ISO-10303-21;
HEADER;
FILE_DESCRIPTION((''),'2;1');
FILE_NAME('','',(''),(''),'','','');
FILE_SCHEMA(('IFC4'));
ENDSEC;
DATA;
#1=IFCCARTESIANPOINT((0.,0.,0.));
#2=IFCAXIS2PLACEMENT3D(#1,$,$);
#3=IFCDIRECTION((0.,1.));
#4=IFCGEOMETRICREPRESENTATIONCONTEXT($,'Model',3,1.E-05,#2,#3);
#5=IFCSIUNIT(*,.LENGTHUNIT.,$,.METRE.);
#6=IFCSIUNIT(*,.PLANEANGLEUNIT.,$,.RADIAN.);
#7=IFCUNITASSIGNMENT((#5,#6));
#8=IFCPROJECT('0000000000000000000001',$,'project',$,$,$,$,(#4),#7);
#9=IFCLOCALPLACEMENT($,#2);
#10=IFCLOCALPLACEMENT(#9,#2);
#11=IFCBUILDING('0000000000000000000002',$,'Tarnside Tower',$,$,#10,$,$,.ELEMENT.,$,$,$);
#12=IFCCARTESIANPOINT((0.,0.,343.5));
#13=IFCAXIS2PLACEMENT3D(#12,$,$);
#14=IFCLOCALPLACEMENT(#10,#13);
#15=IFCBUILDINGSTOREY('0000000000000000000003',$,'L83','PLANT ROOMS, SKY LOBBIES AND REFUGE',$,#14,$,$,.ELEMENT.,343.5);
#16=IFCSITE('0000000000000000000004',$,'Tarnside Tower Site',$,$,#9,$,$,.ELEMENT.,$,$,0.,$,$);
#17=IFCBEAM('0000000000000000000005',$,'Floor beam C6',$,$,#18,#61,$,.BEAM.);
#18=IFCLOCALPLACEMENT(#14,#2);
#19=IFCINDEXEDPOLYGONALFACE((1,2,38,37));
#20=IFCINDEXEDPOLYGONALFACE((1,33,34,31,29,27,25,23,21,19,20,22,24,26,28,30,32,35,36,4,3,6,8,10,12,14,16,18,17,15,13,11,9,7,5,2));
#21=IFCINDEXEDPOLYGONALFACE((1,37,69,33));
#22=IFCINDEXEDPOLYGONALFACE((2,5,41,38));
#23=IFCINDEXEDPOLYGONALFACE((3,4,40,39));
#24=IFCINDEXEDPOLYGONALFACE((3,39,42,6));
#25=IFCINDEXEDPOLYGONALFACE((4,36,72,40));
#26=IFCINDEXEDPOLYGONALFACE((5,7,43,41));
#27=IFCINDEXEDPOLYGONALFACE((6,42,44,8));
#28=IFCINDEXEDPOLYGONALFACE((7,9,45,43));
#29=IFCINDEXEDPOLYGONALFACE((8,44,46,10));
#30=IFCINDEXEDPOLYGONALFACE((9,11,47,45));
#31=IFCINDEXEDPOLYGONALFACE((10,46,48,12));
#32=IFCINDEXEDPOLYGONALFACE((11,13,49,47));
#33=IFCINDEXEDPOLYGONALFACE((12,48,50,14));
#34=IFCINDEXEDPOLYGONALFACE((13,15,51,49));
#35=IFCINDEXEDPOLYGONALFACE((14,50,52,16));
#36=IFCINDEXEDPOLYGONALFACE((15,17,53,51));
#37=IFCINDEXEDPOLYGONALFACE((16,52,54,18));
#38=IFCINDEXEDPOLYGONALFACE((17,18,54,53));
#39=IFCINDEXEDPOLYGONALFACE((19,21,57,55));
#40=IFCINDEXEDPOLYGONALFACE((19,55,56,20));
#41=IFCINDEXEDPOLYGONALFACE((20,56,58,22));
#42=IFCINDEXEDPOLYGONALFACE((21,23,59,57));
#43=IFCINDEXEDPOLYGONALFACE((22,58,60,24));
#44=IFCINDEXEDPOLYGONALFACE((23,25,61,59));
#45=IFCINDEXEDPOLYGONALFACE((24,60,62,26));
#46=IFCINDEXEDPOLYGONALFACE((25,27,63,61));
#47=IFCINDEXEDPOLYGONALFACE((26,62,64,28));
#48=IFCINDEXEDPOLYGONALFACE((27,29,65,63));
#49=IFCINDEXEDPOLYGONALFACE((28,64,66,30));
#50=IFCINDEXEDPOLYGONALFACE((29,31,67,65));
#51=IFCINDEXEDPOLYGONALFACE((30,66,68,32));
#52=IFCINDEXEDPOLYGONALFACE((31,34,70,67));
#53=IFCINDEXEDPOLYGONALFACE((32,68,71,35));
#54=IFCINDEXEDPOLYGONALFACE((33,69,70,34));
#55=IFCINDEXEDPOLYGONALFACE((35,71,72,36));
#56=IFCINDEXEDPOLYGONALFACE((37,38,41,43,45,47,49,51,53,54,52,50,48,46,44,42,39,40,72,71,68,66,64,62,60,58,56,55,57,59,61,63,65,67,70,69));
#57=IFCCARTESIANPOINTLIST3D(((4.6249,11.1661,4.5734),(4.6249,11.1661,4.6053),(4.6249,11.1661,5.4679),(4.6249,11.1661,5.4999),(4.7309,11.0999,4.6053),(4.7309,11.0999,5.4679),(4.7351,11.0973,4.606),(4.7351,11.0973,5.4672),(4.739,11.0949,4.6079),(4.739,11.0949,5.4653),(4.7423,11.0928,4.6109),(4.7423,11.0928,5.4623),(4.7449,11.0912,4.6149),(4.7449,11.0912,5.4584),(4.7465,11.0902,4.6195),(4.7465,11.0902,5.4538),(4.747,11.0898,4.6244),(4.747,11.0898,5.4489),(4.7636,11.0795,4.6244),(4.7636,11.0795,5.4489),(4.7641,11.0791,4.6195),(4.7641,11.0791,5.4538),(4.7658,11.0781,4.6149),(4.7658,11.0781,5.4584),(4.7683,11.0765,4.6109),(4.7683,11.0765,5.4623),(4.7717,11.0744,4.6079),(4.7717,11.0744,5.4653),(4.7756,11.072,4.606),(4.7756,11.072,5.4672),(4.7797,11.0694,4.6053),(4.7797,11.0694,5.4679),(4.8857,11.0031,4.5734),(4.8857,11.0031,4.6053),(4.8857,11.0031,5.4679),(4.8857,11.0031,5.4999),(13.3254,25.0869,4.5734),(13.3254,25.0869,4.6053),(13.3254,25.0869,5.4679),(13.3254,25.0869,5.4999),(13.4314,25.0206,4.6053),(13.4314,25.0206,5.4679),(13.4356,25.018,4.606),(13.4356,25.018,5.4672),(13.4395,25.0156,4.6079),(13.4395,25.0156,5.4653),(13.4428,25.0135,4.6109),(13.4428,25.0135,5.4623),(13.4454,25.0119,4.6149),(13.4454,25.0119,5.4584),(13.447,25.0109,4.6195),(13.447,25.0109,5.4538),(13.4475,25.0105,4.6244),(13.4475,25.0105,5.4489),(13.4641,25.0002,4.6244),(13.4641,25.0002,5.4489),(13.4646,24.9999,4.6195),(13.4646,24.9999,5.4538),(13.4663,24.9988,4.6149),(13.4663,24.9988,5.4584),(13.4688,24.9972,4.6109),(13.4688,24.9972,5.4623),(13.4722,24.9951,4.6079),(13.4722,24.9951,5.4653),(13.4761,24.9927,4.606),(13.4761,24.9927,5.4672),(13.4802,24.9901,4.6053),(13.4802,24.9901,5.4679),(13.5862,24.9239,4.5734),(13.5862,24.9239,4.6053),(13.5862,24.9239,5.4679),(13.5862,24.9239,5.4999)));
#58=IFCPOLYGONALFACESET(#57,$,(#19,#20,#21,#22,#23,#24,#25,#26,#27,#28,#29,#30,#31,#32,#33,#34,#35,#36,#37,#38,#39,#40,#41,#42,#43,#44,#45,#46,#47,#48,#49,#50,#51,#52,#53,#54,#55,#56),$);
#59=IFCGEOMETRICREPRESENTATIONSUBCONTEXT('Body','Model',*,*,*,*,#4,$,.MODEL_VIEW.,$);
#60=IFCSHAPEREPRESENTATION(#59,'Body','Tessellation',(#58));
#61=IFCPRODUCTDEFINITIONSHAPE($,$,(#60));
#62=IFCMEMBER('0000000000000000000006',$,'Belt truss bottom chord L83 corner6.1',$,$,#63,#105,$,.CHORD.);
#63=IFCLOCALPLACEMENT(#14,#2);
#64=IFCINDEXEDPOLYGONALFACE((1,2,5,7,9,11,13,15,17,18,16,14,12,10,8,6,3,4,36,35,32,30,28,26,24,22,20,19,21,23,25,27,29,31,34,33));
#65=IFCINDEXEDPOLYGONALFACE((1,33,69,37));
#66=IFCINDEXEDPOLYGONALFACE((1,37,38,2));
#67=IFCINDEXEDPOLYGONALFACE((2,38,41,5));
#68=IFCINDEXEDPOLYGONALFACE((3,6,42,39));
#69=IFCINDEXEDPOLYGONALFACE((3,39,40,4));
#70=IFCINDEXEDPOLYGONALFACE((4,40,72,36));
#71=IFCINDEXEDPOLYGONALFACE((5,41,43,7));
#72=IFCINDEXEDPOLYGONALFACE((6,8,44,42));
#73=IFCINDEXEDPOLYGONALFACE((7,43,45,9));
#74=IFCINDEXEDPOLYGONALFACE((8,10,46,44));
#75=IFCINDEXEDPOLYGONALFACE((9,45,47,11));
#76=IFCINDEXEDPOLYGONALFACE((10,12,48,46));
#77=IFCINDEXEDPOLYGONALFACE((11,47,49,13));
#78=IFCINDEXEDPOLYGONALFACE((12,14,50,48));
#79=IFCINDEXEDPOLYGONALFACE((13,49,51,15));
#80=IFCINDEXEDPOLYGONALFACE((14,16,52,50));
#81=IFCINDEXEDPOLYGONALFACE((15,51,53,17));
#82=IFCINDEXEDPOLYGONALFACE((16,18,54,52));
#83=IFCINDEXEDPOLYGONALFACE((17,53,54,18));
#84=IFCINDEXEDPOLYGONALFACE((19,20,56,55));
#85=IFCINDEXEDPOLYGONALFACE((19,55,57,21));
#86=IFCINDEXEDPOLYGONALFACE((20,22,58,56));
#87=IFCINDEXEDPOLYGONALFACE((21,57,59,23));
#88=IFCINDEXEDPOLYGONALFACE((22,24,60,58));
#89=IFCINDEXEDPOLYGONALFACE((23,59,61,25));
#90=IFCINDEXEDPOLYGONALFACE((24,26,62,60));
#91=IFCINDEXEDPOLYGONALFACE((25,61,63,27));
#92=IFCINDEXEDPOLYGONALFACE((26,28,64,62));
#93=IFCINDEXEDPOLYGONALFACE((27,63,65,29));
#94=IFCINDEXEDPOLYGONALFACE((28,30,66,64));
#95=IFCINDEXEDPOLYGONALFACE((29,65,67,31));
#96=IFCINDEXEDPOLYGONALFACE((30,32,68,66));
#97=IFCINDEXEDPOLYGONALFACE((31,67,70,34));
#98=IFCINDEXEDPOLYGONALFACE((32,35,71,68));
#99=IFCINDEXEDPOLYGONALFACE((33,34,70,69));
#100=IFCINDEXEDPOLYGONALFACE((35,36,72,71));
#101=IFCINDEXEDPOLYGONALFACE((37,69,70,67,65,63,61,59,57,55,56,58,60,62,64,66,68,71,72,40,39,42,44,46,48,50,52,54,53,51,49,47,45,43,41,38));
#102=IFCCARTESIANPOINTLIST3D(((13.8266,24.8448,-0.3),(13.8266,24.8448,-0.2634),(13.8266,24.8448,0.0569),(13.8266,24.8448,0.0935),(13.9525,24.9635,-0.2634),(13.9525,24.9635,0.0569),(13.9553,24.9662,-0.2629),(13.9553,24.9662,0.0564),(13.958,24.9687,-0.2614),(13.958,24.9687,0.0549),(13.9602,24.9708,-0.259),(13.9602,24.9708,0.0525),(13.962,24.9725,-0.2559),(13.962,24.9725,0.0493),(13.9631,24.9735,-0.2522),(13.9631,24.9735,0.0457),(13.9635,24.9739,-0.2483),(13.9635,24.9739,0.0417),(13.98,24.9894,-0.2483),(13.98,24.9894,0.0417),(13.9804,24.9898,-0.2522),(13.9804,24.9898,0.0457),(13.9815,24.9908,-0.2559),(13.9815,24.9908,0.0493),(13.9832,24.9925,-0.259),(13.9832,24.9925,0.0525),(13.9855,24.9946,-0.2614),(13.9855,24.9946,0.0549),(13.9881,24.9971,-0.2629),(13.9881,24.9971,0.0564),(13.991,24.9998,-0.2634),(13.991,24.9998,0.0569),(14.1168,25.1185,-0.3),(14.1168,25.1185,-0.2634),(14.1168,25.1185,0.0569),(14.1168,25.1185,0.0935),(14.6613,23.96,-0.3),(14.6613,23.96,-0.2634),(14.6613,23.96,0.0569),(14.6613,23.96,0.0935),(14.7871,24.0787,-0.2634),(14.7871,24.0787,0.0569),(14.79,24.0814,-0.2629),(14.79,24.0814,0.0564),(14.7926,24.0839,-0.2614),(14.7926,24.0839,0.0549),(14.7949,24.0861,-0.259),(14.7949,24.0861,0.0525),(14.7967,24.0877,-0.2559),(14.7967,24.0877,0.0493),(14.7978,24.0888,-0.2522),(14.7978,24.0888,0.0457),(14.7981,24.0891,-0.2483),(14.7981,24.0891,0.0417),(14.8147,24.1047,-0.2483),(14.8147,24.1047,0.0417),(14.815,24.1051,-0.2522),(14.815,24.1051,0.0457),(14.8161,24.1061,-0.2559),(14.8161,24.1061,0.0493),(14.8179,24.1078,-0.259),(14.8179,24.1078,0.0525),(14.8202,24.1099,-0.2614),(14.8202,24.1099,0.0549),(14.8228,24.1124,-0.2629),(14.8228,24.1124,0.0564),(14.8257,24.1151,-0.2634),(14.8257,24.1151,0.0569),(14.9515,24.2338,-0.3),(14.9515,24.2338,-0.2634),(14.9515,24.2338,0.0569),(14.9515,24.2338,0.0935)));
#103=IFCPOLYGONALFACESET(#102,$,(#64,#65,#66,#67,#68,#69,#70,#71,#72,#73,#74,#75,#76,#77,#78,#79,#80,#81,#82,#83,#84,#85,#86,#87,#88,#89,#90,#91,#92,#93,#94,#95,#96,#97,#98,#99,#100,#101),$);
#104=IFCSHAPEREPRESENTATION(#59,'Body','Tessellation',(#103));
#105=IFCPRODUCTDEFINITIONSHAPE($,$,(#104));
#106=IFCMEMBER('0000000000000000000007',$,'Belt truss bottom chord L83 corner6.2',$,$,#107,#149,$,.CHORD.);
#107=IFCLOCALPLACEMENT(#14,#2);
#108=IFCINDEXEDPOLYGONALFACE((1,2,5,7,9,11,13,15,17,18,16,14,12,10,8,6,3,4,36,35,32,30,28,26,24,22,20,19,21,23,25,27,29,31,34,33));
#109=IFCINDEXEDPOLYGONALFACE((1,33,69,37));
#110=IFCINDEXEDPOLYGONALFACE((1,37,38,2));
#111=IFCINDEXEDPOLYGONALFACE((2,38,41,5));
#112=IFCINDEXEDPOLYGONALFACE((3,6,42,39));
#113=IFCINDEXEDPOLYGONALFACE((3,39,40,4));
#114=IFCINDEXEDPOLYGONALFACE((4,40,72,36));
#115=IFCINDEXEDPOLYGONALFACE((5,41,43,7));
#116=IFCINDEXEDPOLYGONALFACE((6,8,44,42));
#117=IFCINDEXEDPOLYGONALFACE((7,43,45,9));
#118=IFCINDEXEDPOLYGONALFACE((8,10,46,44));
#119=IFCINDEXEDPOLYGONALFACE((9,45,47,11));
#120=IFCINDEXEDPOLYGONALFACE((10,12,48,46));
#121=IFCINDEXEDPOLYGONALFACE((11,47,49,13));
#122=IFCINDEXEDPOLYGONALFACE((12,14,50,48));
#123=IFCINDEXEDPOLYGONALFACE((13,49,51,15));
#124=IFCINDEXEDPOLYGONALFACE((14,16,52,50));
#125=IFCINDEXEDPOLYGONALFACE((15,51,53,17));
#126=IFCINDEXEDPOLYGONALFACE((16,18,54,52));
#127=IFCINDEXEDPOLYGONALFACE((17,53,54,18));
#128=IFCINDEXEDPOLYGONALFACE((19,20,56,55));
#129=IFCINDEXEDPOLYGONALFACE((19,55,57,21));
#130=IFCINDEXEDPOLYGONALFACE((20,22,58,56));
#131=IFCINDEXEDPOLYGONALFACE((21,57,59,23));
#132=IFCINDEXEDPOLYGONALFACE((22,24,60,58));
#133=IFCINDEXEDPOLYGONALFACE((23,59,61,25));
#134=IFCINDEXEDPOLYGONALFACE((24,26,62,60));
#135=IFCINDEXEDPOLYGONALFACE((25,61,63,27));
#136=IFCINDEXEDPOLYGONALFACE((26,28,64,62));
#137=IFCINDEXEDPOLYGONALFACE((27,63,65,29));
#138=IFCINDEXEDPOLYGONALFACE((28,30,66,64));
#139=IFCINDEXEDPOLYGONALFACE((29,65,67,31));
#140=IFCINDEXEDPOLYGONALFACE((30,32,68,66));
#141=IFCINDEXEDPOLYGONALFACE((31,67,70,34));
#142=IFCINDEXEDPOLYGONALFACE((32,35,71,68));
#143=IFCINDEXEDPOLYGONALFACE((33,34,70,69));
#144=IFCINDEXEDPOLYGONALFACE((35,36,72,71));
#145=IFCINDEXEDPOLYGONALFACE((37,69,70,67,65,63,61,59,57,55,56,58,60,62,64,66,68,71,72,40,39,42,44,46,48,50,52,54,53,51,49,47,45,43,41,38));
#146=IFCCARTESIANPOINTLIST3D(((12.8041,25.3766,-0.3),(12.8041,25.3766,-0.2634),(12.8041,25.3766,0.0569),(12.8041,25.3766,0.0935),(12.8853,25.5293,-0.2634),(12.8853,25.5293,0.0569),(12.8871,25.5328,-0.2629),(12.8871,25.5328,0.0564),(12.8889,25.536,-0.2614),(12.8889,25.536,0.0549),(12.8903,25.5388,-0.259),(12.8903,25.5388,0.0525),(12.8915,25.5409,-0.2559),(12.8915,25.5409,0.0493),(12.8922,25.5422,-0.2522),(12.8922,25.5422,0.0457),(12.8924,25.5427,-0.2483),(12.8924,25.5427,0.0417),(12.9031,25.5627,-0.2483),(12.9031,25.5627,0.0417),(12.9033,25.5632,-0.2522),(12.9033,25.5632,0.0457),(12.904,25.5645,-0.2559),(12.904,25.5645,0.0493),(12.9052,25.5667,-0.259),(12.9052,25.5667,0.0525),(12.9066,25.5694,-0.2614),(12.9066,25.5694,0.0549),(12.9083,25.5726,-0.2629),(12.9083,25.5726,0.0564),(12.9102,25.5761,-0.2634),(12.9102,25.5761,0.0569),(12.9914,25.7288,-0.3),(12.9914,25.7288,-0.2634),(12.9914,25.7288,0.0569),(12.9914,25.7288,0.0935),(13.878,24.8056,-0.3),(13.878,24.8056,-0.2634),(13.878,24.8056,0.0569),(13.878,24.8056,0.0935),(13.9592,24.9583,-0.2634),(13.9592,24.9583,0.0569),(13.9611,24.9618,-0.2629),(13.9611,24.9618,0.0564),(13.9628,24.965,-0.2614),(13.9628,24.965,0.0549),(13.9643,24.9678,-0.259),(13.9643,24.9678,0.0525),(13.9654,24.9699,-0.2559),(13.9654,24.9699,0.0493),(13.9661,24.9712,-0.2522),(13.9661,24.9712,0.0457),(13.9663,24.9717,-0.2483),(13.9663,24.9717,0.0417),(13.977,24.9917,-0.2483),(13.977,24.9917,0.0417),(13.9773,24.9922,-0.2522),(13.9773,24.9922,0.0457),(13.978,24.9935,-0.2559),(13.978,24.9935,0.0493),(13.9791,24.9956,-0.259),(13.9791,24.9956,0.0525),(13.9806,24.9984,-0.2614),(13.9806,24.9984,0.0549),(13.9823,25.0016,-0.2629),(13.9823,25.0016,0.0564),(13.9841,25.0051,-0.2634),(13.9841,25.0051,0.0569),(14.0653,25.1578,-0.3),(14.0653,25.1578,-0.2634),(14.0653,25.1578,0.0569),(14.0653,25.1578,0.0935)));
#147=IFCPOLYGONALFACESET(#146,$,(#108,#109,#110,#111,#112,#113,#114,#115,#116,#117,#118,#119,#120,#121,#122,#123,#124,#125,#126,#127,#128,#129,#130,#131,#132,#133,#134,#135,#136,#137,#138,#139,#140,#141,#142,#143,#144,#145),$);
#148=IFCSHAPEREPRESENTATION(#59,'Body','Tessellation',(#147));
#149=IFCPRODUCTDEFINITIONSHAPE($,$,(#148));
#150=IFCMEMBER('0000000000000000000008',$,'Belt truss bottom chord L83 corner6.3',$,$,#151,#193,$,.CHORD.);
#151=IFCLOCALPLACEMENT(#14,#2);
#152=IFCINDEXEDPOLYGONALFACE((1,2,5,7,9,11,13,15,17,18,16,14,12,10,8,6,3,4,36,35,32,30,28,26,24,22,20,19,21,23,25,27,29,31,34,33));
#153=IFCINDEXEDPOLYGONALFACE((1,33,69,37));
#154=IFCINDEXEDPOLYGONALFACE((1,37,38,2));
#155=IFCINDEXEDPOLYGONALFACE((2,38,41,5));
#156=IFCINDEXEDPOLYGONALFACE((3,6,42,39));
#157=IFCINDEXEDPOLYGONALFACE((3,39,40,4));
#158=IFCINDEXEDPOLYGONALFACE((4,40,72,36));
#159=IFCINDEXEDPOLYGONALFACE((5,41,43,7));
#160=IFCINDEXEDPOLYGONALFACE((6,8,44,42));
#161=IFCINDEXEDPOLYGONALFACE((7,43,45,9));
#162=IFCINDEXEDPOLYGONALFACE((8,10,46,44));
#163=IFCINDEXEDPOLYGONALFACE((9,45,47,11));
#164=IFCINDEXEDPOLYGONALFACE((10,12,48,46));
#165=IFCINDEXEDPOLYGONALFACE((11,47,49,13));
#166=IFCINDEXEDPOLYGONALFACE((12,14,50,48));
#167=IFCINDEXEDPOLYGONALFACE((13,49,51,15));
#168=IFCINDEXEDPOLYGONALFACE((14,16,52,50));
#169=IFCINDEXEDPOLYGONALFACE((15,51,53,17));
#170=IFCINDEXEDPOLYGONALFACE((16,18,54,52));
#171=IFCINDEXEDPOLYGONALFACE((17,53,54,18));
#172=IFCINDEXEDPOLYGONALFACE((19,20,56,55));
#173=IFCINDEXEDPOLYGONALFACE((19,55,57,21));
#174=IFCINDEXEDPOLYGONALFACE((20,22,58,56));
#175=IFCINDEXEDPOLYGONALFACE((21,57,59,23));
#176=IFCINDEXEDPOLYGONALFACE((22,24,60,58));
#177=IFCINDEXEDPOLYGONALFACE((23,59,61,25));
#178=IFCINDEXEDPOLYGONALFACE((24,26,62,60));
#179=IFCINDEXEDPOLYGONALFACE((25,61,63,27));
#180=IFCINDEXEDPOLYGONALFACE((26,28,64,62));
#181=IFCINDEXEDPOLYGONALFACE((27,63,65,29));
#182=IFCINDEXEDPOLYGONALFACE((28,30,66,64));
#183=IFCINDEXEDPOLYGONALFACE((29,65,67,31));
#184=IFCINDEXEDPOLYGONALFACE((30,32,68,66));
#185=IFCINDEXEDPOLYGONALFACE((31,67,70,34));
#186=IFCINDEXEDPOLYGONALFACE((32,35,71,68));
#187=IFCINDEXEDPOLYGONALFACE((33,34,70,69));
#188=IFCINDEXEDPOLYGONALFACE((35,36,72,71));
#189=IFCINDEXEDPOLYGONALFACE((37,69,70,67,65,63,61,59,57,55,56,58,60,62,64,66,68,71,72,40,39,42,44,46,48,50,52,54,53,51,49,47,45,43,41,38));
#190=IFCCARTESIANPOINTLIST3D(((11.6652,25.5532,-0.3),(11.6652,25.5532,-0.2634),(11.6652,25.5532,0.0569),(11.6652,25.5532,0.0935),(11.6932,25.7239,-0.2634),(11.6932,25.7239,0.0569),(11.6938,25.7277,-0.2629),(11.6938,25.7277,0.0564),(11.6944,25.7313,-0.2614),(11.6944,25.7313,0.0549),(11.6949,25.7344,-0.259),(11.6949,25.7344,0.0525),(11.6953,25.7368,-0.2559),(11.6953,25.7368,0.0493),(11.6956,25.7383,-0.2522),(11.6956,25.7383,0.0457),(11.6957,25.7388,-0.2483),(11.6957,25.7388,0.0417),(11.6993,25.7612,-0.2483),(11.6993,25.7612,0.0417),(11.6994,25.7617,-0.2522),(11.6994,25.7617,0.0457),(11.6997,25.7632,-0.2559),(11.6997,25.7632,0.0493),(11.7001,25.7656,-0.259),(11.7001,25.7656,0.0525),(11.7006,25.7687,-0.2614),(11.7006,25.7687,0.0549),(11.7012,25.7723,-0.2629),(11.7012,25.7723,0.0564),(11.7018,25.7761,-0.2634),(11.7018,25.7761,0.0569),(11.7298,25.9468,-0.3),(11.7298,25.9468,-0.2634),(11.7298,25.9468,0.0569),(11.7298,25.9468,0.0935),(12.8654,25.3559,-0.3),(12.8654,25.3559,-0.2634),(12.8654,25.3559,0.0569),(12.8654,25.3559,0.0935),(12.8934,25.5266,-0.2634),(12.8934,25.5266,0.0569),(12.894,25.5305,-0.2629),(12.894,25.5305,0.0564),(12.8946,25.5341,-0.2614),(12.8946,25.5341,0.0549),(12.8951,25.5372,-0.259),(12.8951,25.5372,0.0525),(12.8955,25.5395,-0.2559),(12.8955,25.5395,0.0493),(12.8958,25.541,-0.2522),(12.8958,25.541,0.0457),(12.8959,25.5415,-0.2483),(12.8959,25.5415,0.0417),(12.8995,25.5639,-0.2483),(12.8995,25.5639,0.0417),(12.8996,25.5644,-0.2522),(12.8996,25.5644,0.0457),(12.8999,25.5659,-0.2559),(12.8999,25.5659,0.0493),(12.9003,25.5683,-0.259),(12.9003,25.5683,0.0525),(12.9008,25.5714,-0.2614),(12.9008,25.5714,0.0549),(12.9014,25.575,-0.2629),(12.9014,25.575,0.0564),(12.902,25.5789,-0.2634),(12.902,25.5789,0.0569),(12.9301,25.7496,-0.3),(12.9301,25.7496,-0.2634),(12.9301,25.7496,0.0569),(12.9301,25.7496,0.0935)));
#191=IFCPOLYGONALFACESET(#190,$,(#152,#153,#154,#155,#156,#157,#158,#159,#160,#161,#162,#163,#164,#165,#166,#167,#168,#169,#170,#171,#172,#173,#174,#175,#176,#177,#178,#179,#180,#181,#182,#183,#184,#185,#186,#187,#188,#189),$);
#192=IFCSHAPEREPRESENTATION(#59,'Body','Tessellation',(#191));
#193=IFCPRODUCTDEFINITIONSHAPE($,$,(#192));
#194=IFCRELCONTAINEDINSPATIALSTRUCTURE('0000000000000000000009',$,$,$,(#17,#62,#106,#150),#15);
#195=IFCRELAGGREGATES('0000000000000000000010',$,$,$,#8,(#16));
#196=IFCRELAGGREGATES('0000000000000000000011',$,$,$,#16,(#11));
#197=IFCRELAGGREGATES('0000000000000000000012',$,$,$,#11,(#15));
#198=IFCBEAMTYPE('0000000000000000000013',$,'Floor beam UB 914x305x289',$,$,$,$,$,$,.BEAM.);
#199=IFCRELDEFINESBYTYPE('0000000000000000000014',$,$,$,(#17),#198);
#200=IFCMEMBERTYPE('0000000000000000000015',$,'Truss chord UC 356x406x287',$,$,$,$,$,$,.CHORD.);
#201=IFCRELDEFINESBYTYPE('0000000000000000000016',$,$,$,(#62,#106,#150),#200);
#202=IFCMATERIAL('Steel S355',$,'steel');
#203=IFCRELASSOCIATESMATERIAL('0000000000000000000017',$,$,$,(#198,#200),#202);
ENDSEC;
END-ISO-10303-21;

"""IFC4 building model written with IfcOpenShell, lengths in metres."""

from ifc_helpers import new_model, si_unit, direction, frame, origin, origin_2d, place, context, subcontext, project, spatial, i_section, extrude, material, material_profile, profile_set, type_object, element, save


model = new_model("IFC4")

# Units and contexts
model_context = context("Model", 3, precision=1e-05, world=origin(), true_north=direction((0.0, 1.0)))
body_context = subcontext(model_context, "Body", "Model", "MODEL_VIEW")
ifc_project = project(units=[si_unit("LENGTHUNIT", "METRE"), si_unit("PLANEANGLEUNIT", "RADIAN")], contexts=[model_context])

# Site, building, storey
site_placement = place(None, origin())
site = spatial("IfcSite", under=ifc_project, at=site_placement, Name="Tarnside Tower Site", CompositionType="ELEMENT", RefElevation=0.0)
building_placement = place(site_placement, origin())
building = spatial("IfcBuilding", under=site, at=building_placement, Name="Tarnside Tower", CompositionType="ELEMENT")
storey_placement = place(building_placement, frame((0.0, 0.0, 343.5)))
storey = spatial("IfcBuildingStorey", under=building, at=storey_placement, Name="L83", Description="PLANT ROOMS, SKY LOBBIES AND REFUGE", CompositionType="ELEMENT", Elevation=343.5)

# Beam
ifc_material_1 = material(Name="Steel S355", Category="steel")
ifc_material_profile_1 = material_profile(ifc_material_1, i_section(OverallWidth=0.3076, OverallDepth=0.9265, WebThickness=0.0195, FlangeThickness=0.032, FilletRadius=0.019, at=origin_2d()), Name="UB 914x305x289")
ifc_profile_set_1 = profile_set([ifc_material_profile_1], Name="Steel S355")
beam_type = type_object("IfcBeamType", Name="Floor beam UB 914x305x289", PredefinedType="BEAM", material=ifc_profile_set_1)
beam_placement = place(storey_placement, frame((13.4558, 25.0054, 5.0366), z_axis=(-0.53, -0.847997, 0.0), x_axis=(0.847997, -0.53, 0.0)))
element("IfcBeam", 1, at=beam_placement, inside=storey, type_object=beam_type, Name="Floor beam C6", PredefinedType="BEAM", context=body_context, shape_type="SweptSolid", body=[
    extrude(i_section(OverallWidth=0.3076, OverallDepth=0.9265, WebThickness=0.0195, FlangeThickness=0.032, FilletRadius=0.019, at=origin_2d()), origin(), (0.0, 0.0, 1.0), 16.416),
])

# Members
ifc_material_profile_2 = material_profile(ifc_material_1, i_section(OverallWidth=0.3989, OverallDepth=0.3936, WebThickness=0.0227, FlangeThickness=0.0366, FilletRadius=0.0151, at=origin_2d()), Name="UC 356x406x287")
ifc_profile_set_2 = profile_set([ifc_material_profile_2], Name="Steel S355")
member_type_1 = type_object("IfcMemberType", Name="Truss chord UC 356x406x287", PredefinedType="CHORD", material=ifc_profile_set_2)
for number, where, z_axis, x_axis, name in (
    (2, (14.8064, 24.0969, -0.1033), (-0.686234, 0.72738, 0.0), (-0.72738, -0.686234, 0.0), "Belt truss bottom chord L83 corner6.1"),
    (3, (13.9717, 24.9817, -0.1033), (-0.882947, 0.469473, 0.0), (-0.469473, -0.882947, 0.0), "Belt truss bottom chord L83 corner6.2"),
    (4, (12.8977, 25.5527, -0.1033), (-0.98676, 0.162185, 0.0), (-0.162185, -0.98676, 0.0), "Belt truss bottom chord L83 corner6.3"),
):
    element("IfcMember", number, at=place(storey_placement, frame(where, z_axis=z_axis, x_axis=x_axis)), inside=storey, type_object=member_type_1, Name=name, PredefinedType="CHORD", context=body_context, shape_type="SweptSolid", body=[
        extrude(i_section(OverallWidth=0.3989, OverallDepth=0.3936, WebThickness=0.0227, FlangeThickness=0.0366, FilletRadius=0.0151, at=origin_2d()), origin(), (0.0, 0.0, 1.0), 1.2163),
    ])

save(model, "model.ifc")
